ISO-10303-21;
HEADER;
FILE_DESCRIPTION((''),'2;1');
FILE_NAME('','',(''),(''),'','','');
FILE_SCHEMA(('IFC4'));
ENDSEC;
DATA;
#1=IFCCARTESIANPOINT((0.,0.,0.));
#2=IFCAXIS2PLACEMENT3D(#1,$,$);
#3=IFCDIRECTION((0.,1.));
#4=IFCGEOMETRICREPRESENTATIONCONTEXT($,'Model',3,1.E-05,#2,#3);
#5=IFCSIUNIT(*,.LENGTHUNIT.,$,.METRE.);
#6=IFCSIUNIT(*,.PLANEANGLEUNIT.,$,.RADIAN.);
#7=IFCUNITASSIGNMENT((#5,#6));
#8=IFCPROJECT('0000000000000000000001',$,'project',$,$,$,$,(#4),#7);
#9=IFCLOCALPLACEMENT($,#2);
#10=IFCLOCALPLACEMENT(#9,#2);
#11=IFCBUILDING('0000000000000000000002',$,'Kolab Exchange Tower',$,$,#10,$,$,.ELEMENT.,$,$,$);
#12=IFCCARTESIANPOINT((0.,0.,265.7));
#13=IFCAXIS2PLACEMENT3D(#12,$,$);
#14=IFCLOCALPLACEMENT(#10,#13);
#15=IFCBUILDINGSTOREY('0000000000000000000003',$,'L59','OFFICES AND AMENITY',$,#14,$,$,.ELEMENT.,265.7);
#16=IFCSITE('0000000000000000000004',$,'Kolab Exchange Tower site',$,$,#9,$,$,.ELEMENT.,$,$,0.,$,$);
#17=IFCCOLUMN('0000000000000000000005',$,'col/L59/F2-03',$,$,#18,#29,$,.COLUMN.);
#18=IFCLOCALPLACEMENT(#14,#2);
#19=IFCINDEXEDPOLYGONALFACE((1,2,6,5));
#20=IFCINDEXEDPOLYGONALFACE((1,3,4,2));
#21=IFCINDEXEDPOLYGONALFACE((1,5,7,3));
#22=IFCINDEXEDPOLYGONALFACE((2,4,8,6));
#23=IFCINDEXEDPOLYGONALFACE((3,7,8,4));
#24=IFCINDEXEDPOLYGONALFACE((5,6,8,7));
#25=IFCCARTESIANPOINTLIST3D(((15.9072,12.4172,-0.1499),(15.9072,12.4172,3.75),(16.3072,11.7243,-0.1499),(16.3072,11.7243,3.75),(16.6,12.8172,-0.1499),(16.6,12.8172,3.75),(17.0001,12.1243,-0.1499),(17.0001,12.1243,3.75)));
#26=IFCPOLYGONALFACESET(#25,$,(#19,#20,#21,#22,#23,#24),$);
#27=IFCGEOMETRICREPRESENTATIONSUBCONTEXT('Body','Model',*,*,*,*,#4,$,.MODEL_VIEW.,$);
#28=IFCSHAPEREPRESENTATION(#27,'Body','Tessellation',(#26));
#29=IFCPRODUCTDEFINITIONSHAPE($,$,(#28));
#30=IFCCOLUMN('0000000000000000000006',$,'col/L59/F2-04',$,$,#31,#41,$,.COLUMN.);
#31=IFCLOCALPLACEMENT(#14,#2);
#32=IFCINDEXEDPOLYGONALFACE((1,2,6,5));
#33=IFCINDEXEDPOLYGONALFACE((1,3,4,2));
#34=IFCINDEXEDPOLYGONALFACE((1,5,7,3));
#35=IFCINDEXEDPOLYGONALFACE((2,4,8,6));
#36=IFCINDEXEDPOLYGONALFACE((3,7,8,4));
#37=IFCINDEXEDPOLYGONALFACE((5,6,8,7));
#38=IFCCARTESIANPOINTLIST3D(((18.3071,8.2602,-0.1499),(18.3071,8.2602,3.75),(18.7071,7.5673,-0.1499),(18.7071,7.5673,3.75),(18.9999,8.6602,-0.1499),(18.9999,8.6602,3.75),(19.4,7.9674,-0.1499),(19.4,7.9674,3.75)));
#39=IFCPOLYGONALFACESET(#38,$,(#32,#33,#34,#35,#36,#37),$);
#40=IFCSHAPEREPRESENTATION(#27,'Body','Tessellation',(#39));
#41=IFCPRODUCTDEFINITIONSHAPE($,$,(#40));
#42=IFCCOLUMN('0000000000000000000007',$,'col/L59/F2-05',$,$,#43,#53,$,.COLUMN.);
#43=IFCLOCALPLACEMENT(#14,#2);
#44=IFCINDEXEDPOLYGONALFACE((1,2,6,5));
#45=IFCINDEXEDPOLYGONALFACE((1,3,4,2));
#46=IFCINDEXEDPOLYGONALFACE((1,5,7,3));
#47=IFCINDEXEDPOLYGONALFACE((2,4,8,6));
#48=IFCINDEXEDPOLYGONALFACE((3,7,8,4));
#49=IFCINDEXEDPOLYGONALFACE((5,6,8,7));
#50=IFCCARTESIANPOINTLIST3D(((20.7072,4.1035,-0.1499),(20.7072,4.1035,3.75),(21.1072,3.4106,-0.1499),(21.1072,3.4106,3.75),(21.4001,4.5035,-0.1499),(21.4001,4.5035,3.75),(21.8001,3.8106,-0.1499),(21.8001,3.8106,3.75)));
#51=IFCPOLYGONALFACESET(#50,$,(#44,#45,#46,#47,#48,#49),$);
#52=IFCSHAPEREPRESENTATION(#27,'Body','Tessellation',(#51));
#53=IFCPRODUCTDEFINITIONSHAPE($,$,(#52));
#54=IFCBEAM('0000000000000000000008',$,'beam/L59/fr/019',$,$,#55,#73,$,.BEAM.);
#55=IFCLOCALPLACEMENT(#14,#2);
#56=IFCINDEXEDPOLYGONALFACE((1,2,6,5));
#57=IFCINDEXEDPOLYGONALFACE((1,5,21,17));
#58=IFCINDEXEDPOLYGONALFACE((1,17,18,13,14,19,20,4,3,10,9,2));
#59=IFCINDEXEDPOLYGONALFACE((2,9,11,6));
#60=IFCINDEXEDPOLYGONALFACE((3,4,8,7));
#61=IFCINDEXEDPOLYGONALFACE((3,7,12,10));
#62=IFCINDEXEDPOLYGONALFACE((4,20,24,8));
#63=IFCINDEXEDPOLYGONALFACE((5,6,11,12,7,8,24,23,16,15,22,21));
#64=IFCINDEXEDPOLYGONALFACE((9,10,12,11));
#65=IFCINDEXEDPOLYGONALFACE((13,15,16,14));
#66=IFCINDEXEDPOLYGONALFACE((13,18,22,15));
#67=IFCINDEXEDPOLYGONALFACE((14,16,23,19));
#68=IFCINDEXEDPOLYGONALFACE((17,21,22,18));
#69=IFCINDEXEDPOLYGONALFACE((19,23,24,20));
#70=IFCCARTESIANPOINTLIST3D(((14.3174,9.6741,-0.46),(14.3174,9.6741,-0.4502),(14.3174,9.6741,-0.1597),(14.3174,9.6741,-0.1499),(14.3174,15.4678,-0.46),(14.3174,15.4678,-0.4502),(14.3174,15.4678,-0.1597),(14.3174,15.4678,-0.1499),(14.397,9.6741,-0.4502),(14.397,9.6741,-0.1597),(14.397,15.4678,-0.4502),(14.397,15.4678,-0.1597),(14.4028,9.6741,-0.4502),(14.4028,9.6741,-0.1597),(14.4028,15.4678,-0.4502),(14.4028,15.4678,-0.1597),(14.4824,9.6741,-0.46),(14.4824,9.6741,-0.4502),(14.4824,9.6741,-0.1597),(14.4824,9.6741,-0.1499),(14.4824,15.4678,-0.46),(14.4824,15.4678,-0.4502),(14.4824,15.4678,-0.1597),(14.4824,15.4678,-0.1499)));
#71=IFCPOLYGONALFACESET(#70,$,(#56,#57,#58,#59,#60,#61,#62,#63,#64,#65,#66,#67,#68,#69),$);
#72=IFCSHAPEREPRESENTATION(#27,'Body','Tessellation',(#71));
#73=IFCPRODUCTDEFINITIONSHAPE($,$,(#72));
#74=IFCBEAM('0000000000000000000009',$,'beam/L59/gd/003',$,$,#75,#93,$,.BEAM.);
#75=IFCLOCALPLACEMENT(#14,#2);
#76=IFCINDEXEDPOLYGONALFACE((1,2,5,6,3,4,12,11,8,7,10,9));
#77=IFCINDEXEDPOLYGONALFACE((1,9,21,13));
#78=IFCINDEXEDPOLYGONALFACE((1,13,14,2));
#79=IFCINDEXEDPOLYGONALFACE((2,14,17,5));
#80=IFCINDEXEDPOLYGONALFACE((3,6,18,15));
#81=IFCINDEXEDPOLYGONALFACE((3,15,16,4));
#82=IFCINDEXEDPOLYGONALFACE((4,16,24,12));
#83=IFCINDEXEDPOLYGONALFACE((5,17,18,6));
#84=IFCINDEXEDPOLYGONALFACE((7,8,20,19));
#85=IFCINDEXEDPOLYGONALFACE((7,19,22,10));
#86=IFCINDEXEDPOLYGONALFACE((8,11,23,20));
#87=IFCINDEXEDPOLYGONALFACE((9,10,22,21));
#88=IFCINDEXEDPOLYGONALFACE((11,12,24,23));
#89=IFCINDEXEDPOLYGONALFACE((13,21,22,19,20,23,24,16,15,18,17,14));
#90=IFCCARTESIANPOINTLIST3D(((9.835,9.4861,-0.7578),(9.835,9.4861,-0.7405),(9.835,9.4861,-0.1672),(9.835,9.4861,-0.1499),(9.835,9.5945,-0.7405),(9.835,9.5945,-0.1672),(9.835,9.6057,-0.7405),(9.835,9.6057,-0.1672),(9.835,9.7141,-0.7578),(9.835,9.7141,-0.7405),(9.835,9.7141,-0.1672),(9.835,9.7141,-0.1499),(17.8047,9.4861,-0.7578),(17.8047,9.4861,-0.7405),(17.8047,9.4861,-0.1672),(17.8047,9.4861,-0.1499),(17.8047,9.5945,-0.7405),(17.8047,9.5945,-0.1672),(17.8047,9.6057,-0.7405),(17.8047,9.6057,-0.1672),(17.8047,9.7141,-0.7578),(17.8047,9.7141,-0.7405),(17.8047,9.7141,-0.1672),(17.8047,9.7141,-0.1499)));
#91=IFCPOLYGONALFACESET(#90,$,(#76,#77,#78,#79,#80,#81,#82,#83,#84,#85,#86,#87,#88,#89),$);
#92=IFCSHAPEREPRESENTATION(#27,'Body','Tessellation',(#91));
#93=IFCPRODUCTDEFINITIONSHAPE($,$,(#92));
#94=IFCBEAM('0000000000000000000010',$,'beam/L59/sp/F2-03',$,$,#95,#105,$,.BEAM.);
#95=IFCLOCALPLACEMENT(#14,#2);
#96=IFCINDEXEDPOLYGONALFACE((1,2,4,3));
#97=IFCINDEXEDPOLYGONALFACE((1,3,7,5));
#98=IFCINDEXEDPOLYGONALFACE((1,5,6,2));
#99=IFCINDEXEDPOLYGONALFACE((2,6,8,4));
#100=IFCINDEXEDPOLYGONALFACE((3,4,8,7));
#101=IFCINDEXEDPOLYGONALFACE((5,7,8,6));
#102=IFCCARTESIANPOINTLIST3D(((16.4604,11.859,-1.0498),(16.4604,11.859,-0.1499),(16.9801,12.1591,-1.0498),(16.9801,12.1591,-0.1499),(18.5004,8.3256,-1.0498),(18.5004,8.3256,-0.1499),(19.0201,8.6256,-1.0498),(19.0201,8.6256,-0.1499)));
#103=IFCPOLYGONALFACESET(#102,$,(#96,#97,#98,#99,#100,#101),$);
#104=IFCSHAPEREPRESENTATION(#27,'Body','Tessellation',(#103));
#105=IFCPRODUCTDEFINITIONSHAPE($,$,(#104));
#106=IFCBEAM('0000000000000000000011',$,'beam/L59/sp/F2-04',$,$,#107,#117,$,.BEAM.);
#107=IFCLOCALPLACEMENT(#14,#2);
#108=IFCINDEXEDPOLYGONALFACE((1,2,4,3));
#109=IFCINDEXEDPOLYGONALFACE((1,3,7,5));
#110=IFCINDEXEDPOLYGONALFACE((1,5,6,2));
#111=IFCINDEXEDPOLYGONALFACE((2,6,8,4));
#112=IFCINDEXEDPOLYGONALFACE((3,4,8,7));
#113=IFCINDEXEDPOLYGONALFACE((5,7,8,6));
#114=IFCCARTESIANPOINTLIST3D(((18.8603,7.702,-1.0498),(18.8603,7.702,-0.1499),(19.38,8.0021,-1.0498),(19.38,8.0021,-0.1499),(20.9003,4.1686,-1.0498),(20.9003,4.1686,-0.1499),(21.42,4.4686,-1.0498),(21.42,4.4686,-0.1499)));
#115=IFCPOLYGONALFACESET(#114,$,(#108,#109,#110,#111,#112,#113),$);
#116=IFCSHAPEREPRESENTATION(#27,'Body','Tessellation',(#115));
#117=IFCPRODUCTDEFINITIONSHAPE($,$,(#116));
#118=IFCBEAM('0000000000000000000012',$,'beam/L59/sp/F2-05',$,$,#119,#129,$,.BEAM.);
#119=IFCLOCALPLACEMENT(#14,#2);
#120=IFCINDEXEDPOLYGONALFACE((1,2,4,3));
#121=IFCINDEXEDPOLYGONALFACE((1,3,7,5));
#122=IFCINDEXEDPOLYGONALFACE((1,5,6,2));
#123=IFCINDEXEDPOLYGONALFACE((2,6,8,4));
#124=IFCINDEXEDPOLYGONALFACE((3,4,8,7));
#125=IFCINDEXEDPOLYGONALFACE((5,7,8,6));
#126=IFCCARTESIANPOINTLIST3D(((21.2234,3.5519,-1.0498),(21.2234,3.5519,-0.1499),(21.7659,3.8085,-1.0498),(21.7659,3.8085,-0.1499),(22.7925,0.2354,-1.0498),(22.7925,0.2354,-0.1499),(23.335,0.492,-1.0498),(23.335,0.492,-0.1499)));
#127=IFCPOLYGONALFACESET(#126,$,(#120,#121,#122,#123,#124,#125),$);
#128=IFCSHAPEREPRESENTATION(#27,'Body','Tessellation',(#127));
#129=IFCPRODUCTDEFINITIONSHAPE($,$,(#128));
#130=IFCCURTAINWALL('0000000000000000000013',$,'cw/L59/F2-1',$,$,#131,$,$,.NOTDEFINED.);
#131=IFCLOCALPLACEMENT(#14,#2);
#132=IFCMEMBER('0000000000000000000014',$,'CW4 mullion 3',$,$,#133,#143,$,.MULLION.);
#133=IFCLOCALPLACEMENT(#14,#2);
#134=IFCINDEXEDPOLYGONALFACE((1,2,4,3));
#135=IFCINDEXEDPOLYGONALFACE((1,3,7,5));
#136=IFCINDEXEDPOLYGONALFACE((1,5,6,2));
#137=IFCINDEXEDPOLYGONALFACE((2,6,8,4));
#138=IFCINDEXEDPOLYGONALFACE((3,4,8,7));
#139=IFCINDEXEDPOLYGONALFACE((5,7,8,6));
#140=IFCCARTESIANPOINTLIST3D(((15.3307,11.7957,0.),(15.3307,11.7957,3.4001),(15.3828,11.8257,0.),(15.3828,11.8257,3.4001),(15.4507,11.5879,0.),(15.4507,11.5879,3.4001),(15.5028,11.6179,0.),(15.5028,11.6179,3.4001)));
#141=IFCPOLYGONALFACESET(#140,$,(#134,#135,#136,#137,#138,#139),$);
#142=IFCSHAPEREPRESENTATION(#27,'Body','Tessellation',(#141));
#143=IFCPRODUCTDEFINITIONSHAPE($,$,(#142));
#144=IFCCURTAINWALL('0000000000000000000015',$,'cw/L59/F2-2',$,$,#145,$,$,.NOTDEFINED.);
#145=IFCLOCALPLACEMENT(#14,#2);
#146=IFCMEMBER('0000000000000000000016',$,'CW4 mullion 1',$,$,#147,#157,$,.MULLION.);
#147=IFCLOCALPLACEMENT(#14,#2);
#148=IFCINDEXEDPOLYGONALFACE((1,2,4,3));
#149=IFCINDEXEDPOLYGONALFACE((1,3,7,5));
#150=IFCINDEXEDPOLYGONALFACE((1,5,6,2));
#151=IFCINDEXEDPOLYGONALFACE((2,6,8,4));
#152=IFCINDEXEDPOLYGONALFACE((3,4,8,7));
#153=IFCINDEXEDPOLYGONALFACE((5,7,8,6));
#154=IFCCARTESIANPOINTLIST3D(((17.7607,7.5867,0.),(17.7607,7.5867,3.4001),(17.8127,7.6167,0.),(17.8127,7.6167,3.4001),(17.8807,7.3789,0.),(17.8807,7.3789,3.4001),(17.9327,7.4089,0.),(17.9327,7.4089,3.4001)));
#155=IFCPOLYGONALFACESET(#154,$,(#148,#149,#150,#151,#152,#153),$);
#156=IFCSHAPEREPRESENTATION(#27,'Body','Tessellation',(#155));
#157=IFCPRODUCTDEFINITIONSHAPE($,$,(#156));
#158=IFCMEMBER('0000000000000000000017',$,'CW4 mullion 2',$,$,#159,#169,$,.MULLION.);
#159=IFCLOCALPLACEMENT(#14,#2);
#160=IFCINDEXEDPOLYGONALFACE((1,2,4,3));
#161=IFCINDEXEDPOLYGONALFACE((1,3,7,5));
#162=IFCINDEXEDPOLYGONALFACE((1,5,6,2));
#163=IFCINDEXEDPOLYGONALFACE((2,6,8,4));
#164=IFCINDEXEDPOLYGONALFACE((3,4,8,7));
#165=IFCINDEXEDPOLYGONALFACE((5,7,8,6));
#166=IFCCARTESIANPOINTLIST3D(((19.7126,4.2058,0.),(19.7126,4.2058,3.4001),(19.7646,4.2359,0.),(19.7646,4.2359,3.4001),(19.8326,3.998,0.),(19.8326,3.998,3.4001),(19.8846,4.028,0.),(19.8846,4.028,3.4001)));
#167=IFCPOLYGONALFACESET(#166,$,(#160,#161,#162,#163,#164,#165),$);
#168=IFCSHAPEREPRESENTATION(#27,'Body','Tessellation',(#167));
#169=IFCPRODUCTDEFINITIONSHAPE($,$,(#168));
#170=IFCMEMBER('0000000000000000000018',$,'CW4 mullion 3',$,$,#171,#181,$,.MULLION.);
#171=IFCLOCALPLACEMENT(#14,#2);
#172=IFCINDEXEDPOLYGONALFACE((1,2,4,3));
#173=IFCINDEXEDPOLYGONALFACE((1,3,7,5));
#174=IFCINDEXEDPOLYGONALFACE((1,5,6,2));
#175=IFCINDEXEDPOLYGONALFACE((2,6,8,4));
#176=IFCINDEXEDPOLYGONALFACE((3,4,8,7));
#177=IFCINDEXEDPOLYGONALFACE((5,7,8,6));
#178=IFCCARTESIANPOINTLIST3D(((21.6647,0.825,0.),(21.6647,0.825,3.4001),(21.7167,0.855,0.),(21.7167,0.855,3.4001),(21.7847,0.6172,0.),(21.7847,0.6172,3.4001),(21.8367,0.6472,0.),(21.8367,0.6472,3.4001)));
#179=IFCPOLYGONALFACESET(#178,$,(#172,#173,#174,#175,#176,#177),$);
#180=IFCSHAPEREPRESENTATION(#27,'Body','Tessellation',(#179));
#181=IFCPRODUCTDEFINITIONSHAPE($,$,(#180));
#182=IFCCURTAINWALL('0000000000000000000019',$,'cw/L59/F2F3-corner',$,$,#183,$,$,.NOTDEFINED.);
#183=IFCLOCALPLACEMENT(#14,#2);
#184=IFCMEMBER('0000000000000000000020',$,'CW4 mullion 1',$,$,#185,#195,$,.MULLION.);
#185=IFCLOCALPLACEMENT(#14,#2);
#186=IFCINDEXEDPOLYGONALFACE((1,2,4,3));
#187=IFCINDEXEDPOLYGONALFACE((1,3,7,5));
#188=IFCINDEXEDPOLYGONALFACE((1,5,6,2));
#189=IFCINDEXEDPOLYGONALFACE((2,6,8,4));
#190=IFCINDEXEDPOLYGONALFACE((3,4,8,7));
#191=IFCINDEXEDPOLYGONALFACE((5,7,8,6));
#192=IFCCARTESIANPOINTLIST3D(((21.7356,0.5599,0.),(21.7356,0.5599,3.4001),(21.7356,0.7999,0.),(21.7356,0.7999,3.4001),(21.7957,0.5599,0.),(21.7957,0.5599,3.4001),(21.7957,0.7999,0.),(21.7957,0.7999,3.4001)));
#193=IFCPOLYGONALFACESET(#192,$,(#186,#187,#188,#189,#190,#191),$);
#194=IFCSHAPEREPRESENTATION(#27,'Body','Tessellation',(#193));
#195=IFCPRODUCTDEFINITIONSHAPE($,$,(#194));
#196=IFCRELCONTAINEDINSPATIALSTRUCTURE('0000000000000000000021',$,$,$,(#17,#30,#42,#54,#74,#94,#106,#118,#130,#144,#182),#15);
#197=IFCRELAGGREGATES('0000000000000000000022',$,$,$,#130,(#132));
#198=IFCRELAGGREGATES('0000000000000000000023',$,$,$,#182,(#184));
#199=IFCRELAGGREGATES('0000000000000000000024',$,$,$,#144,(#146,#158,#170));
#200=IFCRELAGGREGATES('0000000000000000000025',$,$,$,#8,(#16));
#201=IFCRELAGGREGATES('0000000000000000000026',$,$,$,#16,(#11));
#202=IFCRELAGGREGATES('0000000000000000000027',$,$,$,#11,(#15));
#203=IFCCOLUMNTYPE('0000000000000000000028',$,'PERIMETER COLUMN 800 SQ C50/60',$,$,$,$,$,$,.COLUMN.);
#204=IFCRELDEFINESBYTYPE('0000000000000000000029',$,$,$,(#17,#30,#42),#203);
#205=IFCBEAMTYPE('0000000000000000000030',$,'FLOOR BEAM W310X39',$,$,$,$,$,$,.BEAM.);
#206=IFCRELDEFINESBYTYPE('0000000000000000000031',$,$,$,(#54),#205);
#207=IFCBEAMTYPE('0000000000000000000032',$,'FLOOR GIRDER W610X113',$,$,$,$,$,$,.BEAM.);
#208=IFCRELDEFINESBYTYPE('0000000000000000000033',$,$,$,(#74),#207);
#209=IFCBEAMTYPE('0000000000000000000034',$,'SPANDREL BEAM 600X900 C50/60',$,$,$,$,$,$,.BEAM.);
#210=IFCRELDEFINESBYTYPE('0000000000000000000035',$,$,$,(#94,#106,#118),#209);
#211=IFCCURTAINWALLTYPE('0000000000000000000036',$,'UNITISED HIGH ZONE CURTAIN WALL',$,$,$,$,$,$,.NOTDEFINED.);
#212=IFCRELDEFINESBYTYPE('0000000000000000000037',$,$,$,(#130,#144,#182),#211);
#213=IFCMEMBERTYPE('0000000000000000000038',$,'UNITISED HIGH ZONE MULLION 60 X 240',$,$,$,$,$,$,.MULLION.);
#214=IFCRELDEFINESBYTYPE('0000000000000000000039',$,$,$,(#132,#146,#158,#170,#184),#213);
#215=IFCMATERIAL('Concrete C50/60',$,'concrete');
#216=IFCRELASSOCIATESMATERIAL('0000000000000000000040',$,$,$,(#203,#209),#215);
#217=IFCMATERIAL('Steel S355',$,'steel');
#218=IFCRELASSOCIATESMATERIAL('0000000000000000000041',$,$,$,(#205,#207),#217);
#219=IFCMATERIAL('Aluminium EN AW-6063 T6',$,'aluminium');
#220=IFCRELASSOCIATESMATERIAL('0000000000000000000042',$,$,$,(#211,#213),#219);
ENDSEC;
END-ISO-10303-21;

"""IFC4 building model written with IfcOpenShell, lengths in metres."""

from ifc_helpers import new_model, si_unit, direction, frame, origin, origin_2d, place, context, subcontext, project, spatial, rectangle, i_section, extrude, material, material_profile, profile_set, type_object, element, aggregate, save


model = new_model("IFC4")

# Units and contexts
model_context = context("Model", 3, precision=1e-05, world=origin(), true_north=direction((0.0, 1.0)))
body_context = subcontext(model_context, "Body", "Model", "MODEL_VIEW")
ifc_project = project(units=[si_unit("LENGTHUNIT", "METRE"), si_unit("PLANEANGLEUNIT", "RADIAN")], contexts=[model_context])

# Site, building, storey
site_placement = place(None, origin())
site = spatial("IfcSite", under=ifc_project, at=site_placement, Name="Kolab Exchange Tower site", CompositionType="ELEMENT", RefElevation=0.0)
building_placement = place(site_placement, origin())
building = spatial("IfcBuilding", under=site, at=building_placement, Name="Kolab Exchange Tower", CompositionType="ELEMENT")
storey_placement = place(building_placement, frame((0.0, 0.0, 265.7)))
storey = spatial("IfcBuildingStorey", under=building, at=storey_placement, Name="L59", Description="OFFICES AND AMENITY", CompositionType="ELEMENT", Elevation=265.7)

# Columns
ifc_material_1 = material(Name="Concrete C50/60", Category="concrete")
ifc_material_profile_1 = material_profile(ifc_material_1, rectangle(XDim=0.8, YDim=0.8, at=origin_2d()), Name="RC800")
ifc_profile_set_1 = profile_set([ifc_material_profile_1], Name="Concrete C50/60")
column_type = type_object("IfcColumnType", Name="PERIMETER COLUMN 800 SQ C50/60", PredefinedType="COLUMN", material=ifc_profile_set_1)
for number, where, z_axis, x_axis, name in (
    (1, (16.4536, 12.2708, -0.1499), (0.0, 0.0, 1.0), (0.866025, 0.5, 0.0), "col/L59/F2-03"),
    (2, (18.8535, 8.1138, -0.1499), (0.0, 0.0, 1.0), (0.866025, 0.5, 0.0), "col/L59/F2-04"),
    (3, (21.2537, 3.957, -0.1499), (0.0, 0.0, 1.0), (0.866025, 0.5, 0.0), "col/L59/F2-05"),
):
    element("IfcColumn", number, at=place(storey_placement, frame(where, z_axis=z_axis, x_axis=x_axis)), inside=storey, type_object=column_type, Name=name, PredefinedType="COLUMN", context=body_context, shape_type="SweptSolid", body=[
        extrude(rectangle(XDim=0.8, YDim=0.8, at=origin_2d()), origin(), (0.0, 0.0, 1.0), 3.8999),
    ])

# Beams
ifc_material_2 = material(Name="Steel S355", Category="steel")
ifc_material_profile_2 = material_profile(ifc_material_2, i_section(OverallWidth=0.165, OverallDepth=0.3101, WebThickness=0.0059, FlangeThickness=0.0098, at=origin_2d()), Name="W310X39")
ifc_profile_set_2 = profile_set([ifc_material_profile_2], Name="Steel S355")
beam_type_1 = type_object("IfcBeamType", Name="FLOOR BEAM W310X39", PredefinedType="BEAM", material=ifc_profile_set_2)
beam_1_placement = place(storey_placement, frame((14.3999, 9.6741, -0.3049), z_axis=(0.0, 1.0, 0.0), x_axis=(-1.0, 0.0, 0.0)))
element("IfcBeam", 4, at=beam_1_placement, inside=storey, type_object=beam_type_1, Name="beam/L59/fr/019", PredefinedType="BEAM", context=body_context, shape_type="SweptSolid", body=[
    extrude(i_section(OverallWidth=0.165, OverallDepth=0.3101, WebThickness=0.0059, FlangeThickness=0.0098, at=origin_2d()), origin(), (0.0, 0.0, 1.0), 5.7937),
])
ifc_material_profile_3 = material_profile(ifc_material_2, i_section(OverallWidth=0.228, OverallDepth=0.6079, WebThickness=0.0112, FlangeThickness=0.0173, at=origin_2d()), Name="W610X113")
ifc_profile_set_3 = profile_set([ifc_material_profile_3], Name="Steel S355")
beam_type_2 = type_object("IfcBeamType", Name="FLOOR GIRDER W610X113", PredefinedType="BEAM", material=ifc_profile_set_3)
beam_2_placement = place(storey_placement, frame((9.835, 9.6001, -0.4539), z_axis=(1.0, 0.0, 0.0), x_axis=(0.0, 1.0, 0.0)))
element("IfcBeam", 5, at=beam_2_placement, inside=storey, type_object=beam_type_2, Name="beam/L59/gd/003", PredefinedType="BEAM", context=body_context, shape_type="SweptSolid", body=[
    extrude(i_section(OverallWidth=0.228, OverallDepth=0.6079, WebThickness=0.0112, FlangeThickness=0.0173, at=origin_2d()), origin(), (0.0, 0.0, 1.0), 7.9697),
])
ifc_material_profile_4 = material_profile(ifc_material_1, rectangle(XDim=0.6001, YDim=0.8999, at=origin_2d()), Name="RC600X900")
ifc_profile_set_4 = profile_set([ifc_material_profile_4], Name="Concrete C50/60")
beam_type_3 = type_object("IfcBeamType", Name="SPANDREL BEAM 600X900 C50/60", PredefinedType="BEAM", material=ifc_profile_set_4)
for number, where, z_axis, x_axis, name in (
    (6, (16.7202, 12.009, -0.5999), (0.5, -0.866025, 0.0), (0.866025, 0.5, 0.0), "beam/L59/sp/F2-03"),
    (7, (19.1201, 7.8521, -0.5999), (0.5, -0.866025, 0.0), (0.866025, 0.5, 0.0), "beam/L59/sp/F2-04"),
):
    element("IfcBeam", number, at=place(storey_placement, frame(where, z_axis=z_axis, x_axis=x_axis)), inside=storey, type_object=beam_type_3, Name=name, PredefinedType="BEAM", context=body_context, shape_type="SweptSolid", body=[
        extrude(rectangle(XDim=0.6001, YDim=0.8999, at=origin_2d()), origin(), (0.0, 0.0, 1.0), 4.0801),
    ])
beam_3_placement = place(storey_placement, frame((21.4946, 3.6802, -0.5999), z_axis=(0.427677, -0.903932, 0.0), x_axis=(0.903932, 0.427677, 0.0)))
element("IfcBeam", 8, at=beam_3_placement, inside=storey, type_object=beam_type_3, Name="beam/L59/sp/F2-05", PredefinedType="BEAM", context=body_context, shape_type="SweptSolid", body=[
    extrude(rectangle(XDim=0.6001, YDim=0.8999, at=origin_2d()), origin(), (0.0, 0.0, 1.0), 3.6689),
])

# Curtain wall, member
ifc_material_3 = material(Name="Aluminium EN AW-6063 T6", Category="aluminium")
curtain_wall_type = type_object("IfcCurtainWallType", Name="UNITISED HIGH ZONE CURTAIN WALL", PredefinedType="NOTDEFINED", material=ifc_material_3)
curtain_wall_1_placement = place(storey_placement, origin())
curtain_wall_1 = element("IfcCurtainWall", 9, at=curtain_wall_1_placement, inside=storey, type_object=curtain_wall_type, Name="cw/L59/F2-1", PredefinedType="NOTDEFINED")
ifc_material_profile_5 = material_profile(ifc_material_3, rectangle(XDim=0.0601, YDim=0.24, at=origin_2d()), Name="RECT 60X240")
ifc_profile_set_5 = profile_set([ifc_material_profile_5], Name="Aluminium EN AW-6063 T6")
member_type_1 = type_object("IfcMemberType", Name="UNITISED HIGH ZONE MULLION 60 X 240", PredefinedType="MULLION", material=ifc_profile_set_5)
member_1_placement = place(storey_placement, frame((15.4167, 11.7068, 0.0), z_axis=(0.0, 0.0, 1.0), x_axis=(0.866025, 0.5, 0.0)))
member_1 = element("IfcMember", 10, at=member_1_placement, type_object=member_type_1, Name="CW4 mullion 3", PredefinedType="MULLION", context=body_context, shape_type="SweptSolid", body=[
    extrude(rectangle(XDim=0.0601, YDim=0.24, at=origin_2d()), origin(), (0.0, 0.0, 1.0), 3.4001),
])
aggregate(curtain_wall_1, [member_1])

# Curtain wall, members
curtain_wall_2_placement = place(storey_placement, origin())
curtain_wall_2 = element("IfcCurtainWall", 11, at=curtain_wall_2_placement, inside=storey, type_object=curtain_wall_type, Name="cw/L59/F2-2", PredefinedType="NOTDEFINED")
member_2_placement = place(storey_placement, frame((17.8467, 7.4978, 0.0), z_axis=(0.0, 0.0, 1.0), x_axis=(0.866025, 0.5, 0.0)))
member_2 = element("IfcMember", 12, at=member_2_placement, type_object=member_type_1, Name="CW4 mullion 1", PredefinedType="MULLION", context=body_context, shape_type="SweptSolid", body=[
    extrude(rectangle(XDim=0.0601, YDim=0.24, at=origin_2d()), origin(), (0.0, 0.0, 1.0), 3.4001),
])
member_3_placement = place(storey_placement, frame((19.7986, 4.1169, 0.0), z_axis=(0.0, 0.0, 1.0), x_axis=(0.866025, 0.5, 0.0)))
member_3 = element("IfcMember", 13, at=member_3_placement, type_object=member_type_1, Name="CW4 mullion 2", PredefinedType="MULLION", context=body_context, shape_type="SweptSolid", body=[
    extrude(rectangle(XDim=0.0601, YDim=0.24, at=origin_2d()), origin(), (0.0, 0.0, 1.0), 3.4001),
])
member_4_placement = place(storey_placement, frame((21.7507, 0.7361, 0.0), z_axis=(0.0, 0.0, 1.0), x_axis=(0.866025, 0.5, 0.0)))
member_4 = element("IfcMember", 14, at=member_4_placement, type_object=member_type_1, Name="CW4 mullion 3", PredefinedType="MULLION", context=body_context, shape_type="SweptSolid", body=[
    extrude(rectangle(XDim=0.0601, YDim=0.24, at=origin_2d()), origin(), (0.0, 0.0, 1.0), 3.4001),
])

# Curtain wall, member
curtain_wall_3_placement = place(storey_placement, origin())
curtain_wall_3 = element("IfcCurtainWall", 15, at=curtain_wall_3_placement, inside=storey, type_object=curtain_wall_type, Name="cw/L59/F2F3-corner", PredefinedType="NOTDEFINED")
member_5_placement = place(storey_placement, frame((21.7656, 0.6799, 0.0), z_axis=(0.0, 0.0, 1.0), x_axis=(1.0, 0.0, 0.0)))
member_5 = element("IfcMember", 16, at=member_5_placement, type_object=member_type_1, Name="CW4 mullion 1", PredefinedType="MULLION", context=body_context, shape_type="SweptSolid", body=[
    extrude(rectangle(XDim=0.0601, YDim=0.24, at=origin_2d()), origin(), (0.0, 0.0, 1.0), 3.4001),
])

aggregate(curtain_wall_3, [member_5])

aggregate(curtain_wall_2, [member_2, member_3, member_4])

save(model, "model.ifc")
